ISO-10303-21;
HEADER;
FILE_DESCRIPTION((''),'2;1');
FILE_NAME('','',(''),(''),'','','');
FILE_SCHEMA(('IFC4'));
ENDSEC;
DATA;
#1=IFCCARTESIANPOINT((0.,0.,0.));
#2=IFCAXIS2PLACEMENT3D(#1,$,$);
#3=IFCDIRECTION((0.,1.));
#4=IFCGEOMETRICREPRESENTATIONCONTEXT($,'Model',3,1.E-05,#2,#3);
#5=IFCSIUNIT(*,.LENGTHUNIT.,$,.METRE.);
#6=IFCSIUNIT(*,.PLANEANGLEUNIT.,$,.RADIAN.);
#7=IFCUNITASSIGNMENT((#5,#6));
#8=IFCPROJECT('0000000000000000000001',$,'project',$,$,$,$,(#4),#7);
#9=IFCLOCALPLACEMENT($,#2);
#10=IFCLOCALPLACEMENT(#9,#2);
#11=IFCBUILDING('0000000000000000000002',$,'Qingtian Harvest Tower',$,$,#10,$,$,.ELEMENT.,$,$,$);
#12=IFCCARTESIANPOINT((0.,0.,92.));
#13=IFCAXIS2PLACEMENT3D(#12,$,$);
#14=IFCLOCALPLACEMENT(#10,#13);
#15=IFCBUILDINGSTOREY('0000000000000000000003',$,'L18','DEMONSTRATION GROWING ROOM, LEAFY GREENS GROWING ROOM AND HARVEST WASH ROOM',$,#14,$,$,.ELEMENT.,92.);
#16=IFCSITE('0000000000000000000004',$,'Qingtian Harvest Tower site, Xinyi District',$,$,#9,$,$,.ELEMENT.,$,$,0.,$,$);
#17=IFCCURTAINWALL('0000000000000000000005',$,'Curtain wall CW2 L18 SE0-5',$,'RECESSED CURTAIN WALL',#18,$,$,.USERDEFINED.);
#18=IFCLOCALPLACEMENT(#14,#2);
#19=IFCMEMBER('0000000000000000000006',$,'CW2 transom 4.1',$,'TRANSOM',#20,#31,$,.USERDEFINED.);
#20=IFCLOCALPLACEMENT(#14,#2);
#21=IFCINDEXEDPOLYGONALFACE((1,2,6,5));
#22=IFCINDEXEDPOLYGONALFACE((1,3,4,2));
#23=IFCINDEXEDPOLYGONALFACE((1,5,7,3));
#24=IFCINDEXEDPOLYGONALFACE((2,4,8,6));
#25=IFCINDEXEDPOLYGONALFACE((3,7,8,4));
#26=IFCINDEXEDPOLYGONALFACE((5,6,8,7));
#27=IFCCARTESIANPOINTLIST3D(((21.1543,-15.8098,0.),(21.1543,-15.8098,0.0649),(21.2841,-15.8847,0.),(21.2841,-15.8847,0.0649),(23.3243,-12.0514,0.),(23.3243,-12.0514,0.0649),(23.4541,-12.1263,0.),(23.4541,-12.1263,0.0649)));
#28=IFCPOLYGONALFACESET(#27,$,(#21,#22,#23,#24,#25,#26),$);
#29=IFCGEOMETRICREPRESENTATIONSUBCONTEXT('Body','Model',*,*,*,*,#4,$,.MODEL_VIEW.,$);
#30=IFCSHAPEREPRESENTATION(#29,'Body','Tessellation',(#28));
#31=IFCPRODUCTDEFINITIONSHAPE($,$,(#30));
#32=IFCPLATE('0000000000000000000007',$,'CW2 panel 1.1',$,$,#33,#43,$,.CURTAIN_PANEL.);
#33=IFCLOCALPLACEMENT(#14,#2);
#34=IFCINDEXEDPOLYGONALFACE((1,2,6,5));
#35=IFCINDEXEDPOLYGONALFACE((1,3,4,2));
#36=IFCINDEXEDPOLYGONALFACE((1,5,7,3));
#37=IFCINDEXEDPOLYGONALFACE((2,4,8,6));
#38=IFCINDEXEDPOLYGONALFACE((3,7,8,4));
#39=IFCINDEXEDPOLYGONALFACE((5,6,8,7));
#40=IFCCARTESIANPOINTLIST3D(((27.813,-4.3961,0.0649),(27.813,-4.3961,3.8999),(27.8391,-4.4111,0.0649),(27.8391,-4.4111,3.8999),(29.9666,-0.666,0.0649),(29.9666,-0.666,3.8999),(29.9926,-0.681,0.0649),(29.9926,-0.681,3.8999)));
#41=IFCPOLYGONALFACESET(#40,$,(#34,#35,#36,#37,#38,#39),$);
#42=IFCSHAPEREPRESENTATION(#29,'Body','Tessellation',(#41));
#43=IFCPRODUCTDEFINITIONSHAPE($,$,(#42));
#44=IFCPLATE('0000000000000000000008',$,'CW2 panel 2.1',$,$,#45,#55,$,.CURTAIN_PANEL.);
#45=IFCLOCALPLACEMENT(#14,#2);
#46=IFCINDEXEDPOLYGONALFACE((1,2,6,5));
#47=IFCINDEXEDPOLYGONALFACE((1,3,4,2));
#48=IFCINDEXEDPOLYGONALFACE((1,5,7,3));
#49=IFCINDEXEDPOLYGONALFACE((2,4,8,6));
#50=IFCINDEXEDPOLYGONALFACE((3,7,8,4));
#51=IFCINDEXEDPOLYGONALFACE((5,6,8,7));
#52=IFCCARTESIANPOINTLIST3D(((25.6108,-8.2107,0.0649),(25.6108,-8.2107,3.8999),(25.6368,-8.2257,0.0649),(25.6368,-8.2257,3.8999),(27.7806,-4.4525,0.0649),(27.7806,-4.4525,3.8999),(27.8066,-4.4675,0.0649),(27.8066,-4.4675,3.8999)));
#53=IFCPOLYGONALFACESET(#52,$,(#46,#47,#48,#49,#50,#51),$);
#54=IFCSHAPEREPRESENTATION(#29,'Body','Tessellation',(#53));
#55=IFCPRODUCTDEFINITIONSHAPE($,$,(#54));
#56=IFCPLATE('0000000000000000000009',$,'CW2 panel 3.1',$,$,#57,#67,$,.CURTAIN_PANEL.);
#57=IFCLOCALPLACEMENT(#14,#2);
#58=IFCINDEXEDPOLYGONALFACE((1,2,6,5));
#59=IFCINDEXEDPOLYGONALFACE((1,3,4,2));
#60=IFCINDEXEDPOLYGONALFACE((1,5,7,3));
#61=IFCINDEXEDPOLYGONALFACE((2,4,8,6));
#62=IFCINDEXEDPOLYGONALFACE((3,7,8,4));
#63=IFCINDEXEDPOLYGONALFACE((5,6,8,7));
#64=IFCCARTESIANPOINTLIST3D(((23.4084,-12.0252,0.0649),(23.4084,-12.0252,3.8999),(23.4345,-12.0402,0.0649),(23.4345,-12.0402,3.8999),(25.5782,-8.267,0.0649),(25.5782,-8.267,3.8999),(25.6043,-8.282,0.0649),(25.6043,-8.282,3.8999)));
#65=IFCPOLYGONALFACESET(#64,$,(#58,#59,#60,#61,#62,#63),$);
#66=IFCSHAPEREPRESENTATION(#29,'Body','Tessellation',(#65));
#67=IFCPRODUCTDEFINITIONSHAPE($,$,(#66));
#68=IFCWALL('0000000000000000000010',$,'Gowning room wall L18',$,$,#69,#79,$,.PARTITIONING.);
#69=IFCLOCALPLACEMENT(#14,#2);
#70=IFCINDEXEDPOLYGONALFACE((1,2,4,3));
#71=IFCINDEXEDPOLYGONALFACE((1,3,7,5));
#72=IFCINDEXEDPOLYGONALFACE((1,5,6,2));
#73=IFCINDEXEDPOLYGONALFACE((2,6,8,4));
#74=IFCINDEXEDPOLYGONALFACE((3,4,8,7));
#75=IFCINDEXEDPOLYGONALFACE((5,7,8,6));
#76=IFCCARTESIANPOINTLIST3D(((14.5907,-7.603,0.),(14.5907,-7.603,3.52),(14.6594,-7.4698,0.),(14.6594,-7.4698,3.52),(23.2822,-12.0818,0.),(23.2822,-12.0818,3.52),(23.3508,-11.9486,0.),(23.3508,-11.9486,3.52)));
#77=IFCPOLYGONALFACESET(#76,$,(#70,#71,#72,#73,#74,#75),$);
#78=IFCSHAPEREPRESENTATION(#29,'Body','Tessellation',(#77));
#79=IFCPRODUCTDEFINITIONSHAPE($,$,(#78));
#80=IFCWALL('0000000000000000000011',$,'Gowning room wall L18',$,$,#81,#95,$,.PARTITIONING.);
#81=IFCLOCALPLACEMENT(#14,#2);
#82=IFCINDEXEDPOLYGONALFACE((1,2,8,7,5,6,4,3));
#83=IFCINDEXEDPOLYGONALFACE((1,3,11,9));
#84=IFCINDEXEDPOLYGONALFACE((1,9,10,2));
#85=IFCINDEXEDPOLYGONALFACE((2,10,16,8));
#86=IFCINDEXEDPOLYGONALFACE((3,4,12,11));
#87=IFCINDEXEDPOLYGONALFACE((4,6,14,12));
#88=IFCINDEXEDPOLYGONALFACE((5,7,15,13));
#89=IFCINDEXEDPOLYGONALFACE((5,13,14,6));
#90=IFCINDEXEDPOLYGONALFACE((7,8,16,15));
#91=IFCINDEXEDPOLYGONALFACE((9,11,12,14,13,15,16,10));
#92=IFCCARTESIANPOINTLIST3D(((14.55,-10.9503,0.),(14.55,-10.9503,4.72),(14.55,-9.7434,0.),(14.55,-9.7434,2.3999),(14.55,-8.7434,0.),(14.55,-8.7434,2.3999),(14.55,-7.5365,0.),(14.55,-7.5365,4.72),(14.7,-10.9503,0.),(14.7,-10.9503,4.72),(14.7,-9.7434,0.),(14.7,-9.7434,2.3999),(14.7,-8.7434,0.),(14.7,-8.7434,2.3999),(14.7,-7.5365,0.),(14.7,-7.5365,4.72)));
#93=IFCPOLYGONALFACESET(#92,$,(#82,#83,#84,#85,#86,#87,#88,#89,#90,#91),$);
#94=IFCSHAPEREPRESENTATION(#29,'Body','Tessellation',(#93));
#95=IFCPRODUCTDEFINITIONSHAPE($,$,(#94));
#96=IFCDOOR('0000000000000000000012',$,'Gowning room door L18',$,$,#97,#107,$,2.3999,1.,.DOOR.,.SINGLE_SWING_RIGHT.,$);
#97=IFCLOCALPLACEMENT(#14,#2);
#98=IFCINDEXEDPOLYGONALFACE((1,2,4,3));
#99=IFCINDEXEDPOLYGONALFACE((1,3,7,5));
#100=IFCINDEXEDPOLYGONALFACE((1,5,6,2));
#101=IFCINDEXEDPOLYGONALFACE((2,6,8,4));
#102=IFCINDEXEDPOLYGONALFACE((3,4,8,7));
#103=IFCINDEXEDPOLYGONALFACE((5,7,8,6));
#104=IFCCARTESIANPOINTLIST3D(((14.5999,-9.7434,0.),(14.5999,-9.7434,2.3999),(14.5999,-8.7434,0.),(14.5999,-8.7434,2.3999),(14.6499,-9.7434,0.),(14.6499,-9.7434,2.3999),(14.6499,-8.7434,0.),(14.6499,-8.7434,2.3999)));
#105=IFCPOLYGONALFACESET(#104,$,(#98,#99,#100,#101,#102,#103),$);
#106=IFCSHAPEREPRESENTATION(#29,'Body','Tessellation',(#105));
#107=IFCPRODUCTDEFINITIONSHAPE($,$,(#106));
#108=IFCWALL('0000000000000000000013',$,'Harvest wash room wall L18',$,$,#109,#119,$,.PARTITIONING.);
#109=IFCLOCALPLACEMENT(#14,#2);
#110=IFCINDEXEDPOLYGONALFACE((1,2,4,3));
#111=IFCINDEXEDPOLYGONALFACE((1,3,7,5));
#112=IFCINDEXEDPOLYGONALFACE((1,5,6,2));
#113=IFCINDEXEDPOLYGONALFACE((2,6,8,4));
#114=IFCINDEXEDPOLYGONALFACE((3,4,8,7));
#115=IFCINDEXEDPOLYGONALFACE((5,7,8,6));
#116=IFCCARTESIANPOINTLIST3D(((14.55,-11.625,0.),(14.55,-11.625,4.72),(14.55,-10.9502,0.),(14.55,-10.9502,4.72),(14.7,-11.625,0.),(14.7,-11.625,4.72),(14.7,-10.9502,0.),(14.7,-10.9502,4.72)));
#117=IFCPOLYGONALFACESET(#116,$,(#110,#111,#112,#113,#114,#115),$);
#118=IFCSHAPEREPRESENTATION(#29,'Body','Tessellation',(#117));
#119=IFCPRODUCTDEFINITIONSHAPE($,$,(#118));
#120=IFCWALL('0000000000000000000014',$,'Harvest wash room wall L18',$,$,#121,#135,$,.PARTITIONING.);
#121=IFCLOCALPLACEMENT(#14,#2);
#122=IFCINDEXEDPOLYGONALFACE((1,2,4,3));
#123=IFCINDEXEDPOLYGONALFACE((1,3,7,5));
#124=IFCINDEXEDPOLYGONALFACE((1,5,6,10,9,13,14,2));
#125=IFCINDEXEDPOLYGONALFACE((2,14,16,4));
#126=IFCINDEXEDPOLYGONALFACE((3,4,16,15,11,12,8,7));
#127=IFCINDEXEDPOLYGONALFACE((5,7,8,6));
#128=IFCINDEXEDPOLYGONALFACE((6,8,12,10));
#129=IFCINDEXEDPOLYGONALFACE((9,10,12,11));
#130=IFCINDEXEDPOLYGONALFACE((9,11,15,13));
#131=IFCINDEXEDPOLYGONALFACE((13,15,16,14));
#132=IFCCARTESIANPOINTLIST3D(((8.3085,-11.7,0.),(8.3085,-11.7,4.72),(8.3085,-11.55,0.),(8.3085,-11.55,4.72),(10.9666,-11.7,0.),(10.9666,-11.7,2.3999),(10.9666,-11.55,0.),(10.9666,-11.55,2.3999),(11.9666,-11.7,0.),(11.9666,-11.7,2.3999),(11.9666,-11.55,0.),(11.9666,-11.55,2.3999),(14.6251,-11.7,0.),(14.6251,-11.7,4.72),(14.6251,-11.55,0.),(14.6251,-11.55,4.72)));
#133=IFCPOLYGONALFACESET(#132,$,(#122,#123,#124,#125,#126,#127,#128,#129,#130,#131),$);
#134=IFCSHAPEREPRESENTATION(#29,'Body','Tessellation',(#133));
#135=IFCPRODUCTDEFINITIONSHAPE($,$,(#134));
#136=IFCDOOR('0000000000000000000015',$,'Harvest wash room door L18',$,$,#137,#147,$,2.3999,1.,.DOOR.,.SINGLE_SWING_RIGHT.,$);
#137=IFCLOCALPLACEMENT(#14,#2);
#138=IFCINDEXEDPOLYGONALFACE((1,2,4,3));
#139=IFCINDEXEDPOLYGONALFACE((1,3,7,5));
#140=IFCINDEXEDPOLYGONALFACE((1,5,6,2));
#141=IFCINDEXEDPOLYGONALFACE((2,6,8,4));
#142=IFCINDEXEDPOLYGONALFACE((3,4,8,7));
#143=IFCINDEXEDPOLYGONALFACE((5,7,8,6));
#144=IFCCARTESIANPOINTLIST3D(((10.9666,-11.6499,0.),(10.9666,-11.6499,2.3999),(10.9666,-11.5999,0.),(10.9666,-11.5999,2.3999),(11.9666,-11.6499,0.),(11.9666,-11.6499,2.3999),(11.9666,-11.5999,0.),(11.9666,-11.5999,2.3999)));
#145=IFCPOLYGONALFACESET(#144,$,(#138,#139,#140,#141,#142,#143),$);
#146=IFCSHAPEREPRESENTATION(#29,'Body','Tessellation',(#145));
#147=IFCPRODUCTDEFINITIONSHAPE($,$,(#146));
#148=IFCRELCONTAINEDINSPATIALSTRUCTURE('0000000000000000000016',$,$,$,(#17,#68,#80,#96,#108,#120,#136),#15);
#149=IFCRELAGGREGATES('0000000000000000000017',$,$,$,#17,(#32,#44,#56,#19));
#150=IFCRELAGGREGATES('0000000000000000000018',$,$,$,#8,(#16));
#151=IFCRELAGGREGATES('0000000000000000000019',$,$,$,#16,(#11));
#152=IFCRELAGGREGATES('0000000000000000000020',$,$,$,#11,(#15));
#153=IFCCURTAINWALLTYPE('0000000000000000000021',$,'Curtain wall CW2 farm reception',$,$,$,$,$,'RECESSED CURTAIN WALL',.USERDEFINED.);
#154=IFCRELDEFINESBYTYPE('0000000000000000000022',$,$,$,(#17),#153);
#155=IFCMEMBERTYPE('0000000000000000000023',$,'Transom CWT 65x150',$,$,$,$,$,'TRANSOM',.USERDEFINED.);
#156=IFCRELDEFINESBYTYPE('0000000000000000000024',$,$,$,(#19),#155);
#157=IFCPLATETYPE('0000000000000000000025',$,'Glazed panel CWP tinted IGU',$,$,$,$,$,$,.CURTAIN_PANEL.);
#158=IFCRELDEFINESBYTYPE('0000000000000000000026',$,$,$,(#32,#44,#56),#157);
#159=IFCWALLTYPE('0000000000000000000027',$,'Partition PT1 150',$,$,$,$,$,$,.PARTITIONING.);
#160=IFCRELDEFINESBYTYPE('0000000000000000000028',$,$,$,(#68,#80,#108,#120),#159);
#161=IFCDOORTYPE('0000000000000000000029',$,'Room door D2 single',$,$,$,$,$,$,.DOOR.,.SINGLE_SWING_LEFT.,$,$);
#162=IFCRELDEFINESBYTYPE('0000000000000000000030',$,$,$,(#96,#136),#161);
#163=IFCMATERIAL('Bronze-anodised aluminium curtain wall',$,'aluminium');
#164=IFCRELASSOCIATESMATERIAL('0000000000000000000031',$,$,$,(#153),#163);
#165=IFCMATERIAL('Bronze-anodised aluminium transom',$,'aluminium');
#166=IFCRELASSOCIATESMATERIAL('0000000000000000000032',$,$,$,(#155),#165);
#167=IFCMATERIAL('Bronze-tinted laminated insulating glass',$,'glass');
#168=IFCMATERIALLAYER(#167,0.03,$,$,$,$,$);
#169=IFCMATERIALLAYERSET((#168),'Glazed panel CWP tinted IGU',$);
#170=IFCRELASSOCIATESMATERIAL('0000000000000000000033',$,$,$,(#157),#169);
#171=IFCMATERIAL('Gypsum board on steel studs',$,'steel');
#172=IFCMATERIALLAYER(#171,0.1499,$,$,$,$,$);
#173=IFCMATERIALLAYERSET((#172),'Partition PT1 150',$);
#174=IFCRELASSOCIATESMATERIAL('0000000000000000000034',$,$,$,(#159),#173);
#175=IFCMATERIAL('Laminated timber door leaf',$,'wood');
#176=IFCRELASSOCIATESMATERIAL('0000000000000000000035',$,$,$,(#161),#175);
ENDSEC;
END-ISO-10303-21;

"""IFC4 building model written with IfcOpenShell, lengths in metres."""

from ifc_helpers import new_model, si_unit, direction, frame, frame_2d, origin, origin_2d, place, context, subcontext, project, spatial, rectangle, extrude, material, layer, layer_set, material_profile, profile_set, type_object, element, fill, aggregate, save


model = new_model("IFC4")

# Units and contexts
model_context = context("Model", 3, precision=1e-05, world=origin(), true_north=direction((0.0, 1.0)))
body_context = subcontext(model_context, "Body", "Model", "MODEL_VIEW")
ifc_project = project(units=[si_unit("LENGTHUNIT", "METRE"), si_unit("PLANEANGLEUNIT", "RADIAN")], contexts=[model_context])

# Site, building, storey
site_placement = place(None, origin())
site = spatial("IfcSite", under=ifc_project, at=site_placement, Name="Qingtian Harvest Tower site, Xinyi District", CompositionType="ELEMENT", RefElevation=0.0)
building_placement = place(site_placement, origin())
building = spatial("IfcBuilding", under=site, at=building_placement, Name="Qingtian Harvest Tower", CompositionType="ELEMENT")
storey_placement = place(building_placement, frame((0.0, 0.0, 92.0)))
storey = spatial("IfcBuildingStorey", under=building, at=storey_placement, Name="L18", Description="DEMONSTRATION GROWING ROOM, LEAFY GREENS GROWING ROOM AND HARVEST WASH ROOM", CompositionType="ELEMENT", Elevation=92.0)

# Shared definitions
ifc_material_1 = material(Name="Bronze-anodised aluminium curtain wall", Category="aluminium")
curtain_wall_type = type_object("IfcCurtainWallType", Name="Curtain wall CW2 farm reception", ElementType="RECESSED CURTAIN WALL", PredefinedType="USERDEFINED", material=ifc_material_1)

# Curtain wall
curtain_wall_1_placement = place(storey_placement, origin())
curtain_wall_1 = element("IfcCurtainWall", 1, at=curtain_wall_1_placement, inside=storey, type_object=curtain_wall_type, Name="Curtain wall CW2 L18 SE0-5", ObjectType="RECESSED CURTAIN WALL", PredefinedType="USERDEFINED")

# Member
ifc_material_2 = material(Name="Bronze-anodised aluminium transom", Category="aluminium")
ifc_material_profile_1 = material_profile(ifc_material_2, rectangle(XDim=0.1499, YDim=0.0649, at=origin_2d()), Name="AL 65x150")
ifc_profile_set_1 = profile_set([ifc_material_profile_1], Name="Bronze-anodised aluminium transom")
member_type_1 = type_object("IfcMemberType", Name="Transom CWT 65x150", ElementType="TRANSOM", PredefinedType="USERDEFINED", material=ifc_profile_set_1)
member_1_placement = place(storey_placement, frame((23.3892, -12.0889, 0.0325), z_axis=(-0.500011, -0.866019, 0.0), x_axis=(0.866019, -0.500011, 0.0)))
member_1 = element("IfcMember", 2, at=member_1_placement, type_object=member_type_1, Name="CW2 transom 4.1", ObjectType="TRANSOM", PredefinedType="USERDEFINED", context=body_context, shape_type="SweptSolid", body=[
    extrude(rectangle(XDim=0.1499, YDim=0.0649, at=origin_2d()), origin(), (0.0, 0.0, 1.0), 4.3398),
])

# Plates
ifc_material_3 = material(Name="Bronze-tinted laminated insulating glass", Category="glass")
ifc_layer_1 = layer(ifc_material_3, 0.03)
ifc_layer_set_1 = layer_set([ifc_layer_1], Name="Glazed panel CWP tinted IGU")
plate_type = type_object("IfcPlateType", Name="Glazed panel CWP tinted IGU", PredefinedType="CURTAIN_PANEL", material=ifc_layer_set_1)
plate_1_placement = place(storey_placement, frame((28.9028, -2.5386, 0.0649), z_axis=(0.0, 0.0, 1.0), x_axis=(-0.5, -0.866025, 0.0)))
plate_1 = element("IfcPlate", 3, at=plate_1_placement, type_object=plate_type, Name="CW2 panel 1.1", PredefinedType="CURTAIN_PANEL", context=body_context, shape_type="SweptSolid", body=[
    extrude(rectangle(XDim=4.3071, YDim=0.03, at=origin_2d()), origin(), (0.0, 0.0, 1.0), 3.835),
])
plate_2_placement = place(storey_placement, frame((26.7087, -6.3391, 0.0649), z_axis=(0.0, 0.0, 1.0), x_axis=(-0.5, -0.866025, 0.0)))
plate_2 = element("IfcPlate", 4, at=plate_2_placement, type_object=plate_type, Name="CW2 panel 2.1", PredefinedType="CURTAIN_PANEL", context=body_context, shape_type="SweptSolid", body=[
    extrude(rectangle(XDim=4.3396, YDim=0.03, at=origin_2d()), origin(), (0.0, 0.0, 1.0), 3.835),
])
plate_3_placement = place(storey_placement, frame((24.5063, -10.1536, 0.0649), z_axis=(0.0, 0.0, 1.0), x_axis=(-0.5, -0.866025, 0.0)))
plate_3 = element("IfcPlate", 5, at=plate_3_placement, type_object=plate_type, Name="CW2 panel 3.1", PredefinedType="CURTAIN_PANEL", context=body_context, shape_type="SweptSolid", body=[
    extrude(rectangle(XDim=4.3396, YDim=0.03, at=origin_2d()), origin(), (0.0, 0.0, 1.0), 3.835),
])
aggregate(curtain_wall_1, [plate_1, plate_2, plate_3, member_1])

# Wall
ifc_material_4 = material(Name="Gypsum board on steel studs", Category="steel")
ifc_layer_2 = layer(ifc_material_4, 0.1499)
ifc_layer_set_2 = layer_set([ifc_layer_2], Name="Partition PT1 150")
wall_type = type_object("IfcWallType", Name="Partition PT1 150", PredefinedType="PARTITIONING", material=ifc_layer_set_2)
wall_1_placement = place(storey_placement, frame((23.3164, -12.0151, 0.0), z_axis=(0.0, 0.0, 1.0), x_axis=(-0.888918, 0.458067, 0.0)))
element("IfcWall", 6, at=wall_1_placement, inside=storey, type_object=wall_type, Name="Gowning room wall L18", PredefinedType="PARTITIONING", context=body_context, shape_type="SweptSolid", body=[
    extrude(rectangle(XDim=9.7776, YDim=0.1499, at=frame_2d((4.8887, 0.0))), origin(), (0.0, 0.0, 1.0), 3.52),
])

# Wall, opening, door
wall_2_placement = place(storey_placement, frame((14.625, -7.5364, 0.0), z_axis=(0.0, 0.0, 1.0), x_axis=(0.0, -1.0, 0.0)))
wall_2 = element("IfcWall", 7, at=wall_2_placement, inside=storey, type_object=wall_type, Name="Gowning room wall L18", PredefinedType="PARTITIONING", context=body_context, shape_type="SweptSolid", body=[
    extrude(rectangle(XDim=3.4138, YDim=0.1499, at=frame_2d((1.707, 0.0))), origin(), (0.0, 0.0, 1.0), 4.72),
])
opening_1_placement = place(wall_2_placement, frame((1.207, 0.0, 0.0)))
opening_1 = element("IfcOpeningElement", 8, at=opening_1_placement, cuts=wall_2, PredefinedType="OPENING", context=body_context, shape_type="SweptSolid", body=[
    extrude(rectangle(XDim=1.0, YDim=2.3999, at=frame_2d((0.5, 1.2))), frame((0.0, 0.085, 0.0), z_axis=(0.0, -1.0, 0.0), x_axis=(1.0, 0.0, 0.0)), (0.0, 0.0, 1.0), 0.1699),
])
ifc_material_5 = material(Name="Laminated timber door leaf", Category="wood")
door_type = type_object("IfcDoorType", Name="Room door D2 single", OperationType="SINGLE_SWING_LEFT", PredefinedType="DOOR", material=ifc_material_5)
door_1_placement = place(opening_1_placement, origin())
door_1 = element("IfcDoor", 9, at=door_1_placement, inside=storey, type_object=door_type, Name="Gowning room door L18", OperationType="SINGLE_SWING_RIGHT", OverallHeight=2.3999, OverallWidth=1.0, PredefinedType="DOOR", context=body_context, shape_type="SweptSolid", body=[
    extrude(rectangle(XDim=1.0, YDim=2.3999, at=frame_2d((0.5, 1.2))), frame((0.0, 0.0249, 0.0), z_axis=(0.0, -1.0, 0.0), x_axis=(1.0, 0.0, 0.0)), (0.0, 0.0, 1.0), 0.05),
])
fill(opening_1, door_1)

# Wall
wall_3_placement = place(storey_placement, frame((14.625, -10.9502, 0.0), z_axis=(0.0, 0.0, 1.0), x_axis=(0.0, -1.0, 0.0)))
element("IfcWall", 10, at=wall_3_placement, inside=storey, type_object=wall_type, Name="Harvest wash room wall L18", PredefinedType="PARTITIONING", context=body_context, shape_type="SweptSolid", body=[
    extrude(rectangle(XDim=0.6748, YDim=0.1499, at=frame_2d((0.3374, 0.0))), origin(), (0.0, 0.0, 1.0), 4.72),
])

# Wall, opening, door
wall_4_placement = place(storey_placement, frame((14.625, -11.625, 0.0), z_axis=(0.0, 0.0, 1.0), x_axis=(-1.0, 0.0, 0.0)))
wall_4 = element("IfcWall", 11, at=wall_4_placement, inside=storey, type_object=wall_type, Name="Harvest wash room wall L18", PredefinedType="PARTITIONING", context=body_context, shape_type="SweptSolid", body=[
    extrude(rectangle(XDim=6.3167, YDim=0.1499, at=frame_2d((3.1582, 0.0))), origin(), (0.0, 0.0, 1.0), 4.72),
])
opening_2_placement = place(wall_4_placement, frame((2.6584, 0.0, 0.0)))
opening_2 = element("IfcOpeningElement", 12, at=opening_2_placement, cuts=wall_4, PredefinedType="OPENING", context=body_context, shape_type="SweptSolid", body=[
    extrude(rectangle(XDim=1.0, YDim=2.3999, at=frame_2d((0.5, 1.2))), frame((0.0, 0.085, 0.0), z_axis=(0.0, -1.0, 0.0), x_axis=(1.0, 0.0, 0.0)), (0.0, 0.0, 1.0), 0.1699),
])
door_2_placement = place(opening_2_placement, origin())
door_2 = element("IfcDoor", 13, at=door_2_placement, inside=storey, type_object=door_type, Name="Harvest wash room door L18", OperationType="SINGLE_SWING_RIGHT", OverallHeight=2.3999, OverallWidth=1.0, PredefinedType="DOOR", context=body_context, shape_type="SweptSolid", body=[
    extrude(rectangle(XDim=1.0, YDim=2.3999, at=frame_2d((0.5, 1.2))), frame((0.0, 0.0249, 0.0), z_axis=(0.0, -1.0, 0.0), x_axis=(1.0, 0.0, 0.0)), (0.0, 0.0, 1.0), 0.05),
])
fill(opening_2, door_2)

save(model, "model.ifc")
